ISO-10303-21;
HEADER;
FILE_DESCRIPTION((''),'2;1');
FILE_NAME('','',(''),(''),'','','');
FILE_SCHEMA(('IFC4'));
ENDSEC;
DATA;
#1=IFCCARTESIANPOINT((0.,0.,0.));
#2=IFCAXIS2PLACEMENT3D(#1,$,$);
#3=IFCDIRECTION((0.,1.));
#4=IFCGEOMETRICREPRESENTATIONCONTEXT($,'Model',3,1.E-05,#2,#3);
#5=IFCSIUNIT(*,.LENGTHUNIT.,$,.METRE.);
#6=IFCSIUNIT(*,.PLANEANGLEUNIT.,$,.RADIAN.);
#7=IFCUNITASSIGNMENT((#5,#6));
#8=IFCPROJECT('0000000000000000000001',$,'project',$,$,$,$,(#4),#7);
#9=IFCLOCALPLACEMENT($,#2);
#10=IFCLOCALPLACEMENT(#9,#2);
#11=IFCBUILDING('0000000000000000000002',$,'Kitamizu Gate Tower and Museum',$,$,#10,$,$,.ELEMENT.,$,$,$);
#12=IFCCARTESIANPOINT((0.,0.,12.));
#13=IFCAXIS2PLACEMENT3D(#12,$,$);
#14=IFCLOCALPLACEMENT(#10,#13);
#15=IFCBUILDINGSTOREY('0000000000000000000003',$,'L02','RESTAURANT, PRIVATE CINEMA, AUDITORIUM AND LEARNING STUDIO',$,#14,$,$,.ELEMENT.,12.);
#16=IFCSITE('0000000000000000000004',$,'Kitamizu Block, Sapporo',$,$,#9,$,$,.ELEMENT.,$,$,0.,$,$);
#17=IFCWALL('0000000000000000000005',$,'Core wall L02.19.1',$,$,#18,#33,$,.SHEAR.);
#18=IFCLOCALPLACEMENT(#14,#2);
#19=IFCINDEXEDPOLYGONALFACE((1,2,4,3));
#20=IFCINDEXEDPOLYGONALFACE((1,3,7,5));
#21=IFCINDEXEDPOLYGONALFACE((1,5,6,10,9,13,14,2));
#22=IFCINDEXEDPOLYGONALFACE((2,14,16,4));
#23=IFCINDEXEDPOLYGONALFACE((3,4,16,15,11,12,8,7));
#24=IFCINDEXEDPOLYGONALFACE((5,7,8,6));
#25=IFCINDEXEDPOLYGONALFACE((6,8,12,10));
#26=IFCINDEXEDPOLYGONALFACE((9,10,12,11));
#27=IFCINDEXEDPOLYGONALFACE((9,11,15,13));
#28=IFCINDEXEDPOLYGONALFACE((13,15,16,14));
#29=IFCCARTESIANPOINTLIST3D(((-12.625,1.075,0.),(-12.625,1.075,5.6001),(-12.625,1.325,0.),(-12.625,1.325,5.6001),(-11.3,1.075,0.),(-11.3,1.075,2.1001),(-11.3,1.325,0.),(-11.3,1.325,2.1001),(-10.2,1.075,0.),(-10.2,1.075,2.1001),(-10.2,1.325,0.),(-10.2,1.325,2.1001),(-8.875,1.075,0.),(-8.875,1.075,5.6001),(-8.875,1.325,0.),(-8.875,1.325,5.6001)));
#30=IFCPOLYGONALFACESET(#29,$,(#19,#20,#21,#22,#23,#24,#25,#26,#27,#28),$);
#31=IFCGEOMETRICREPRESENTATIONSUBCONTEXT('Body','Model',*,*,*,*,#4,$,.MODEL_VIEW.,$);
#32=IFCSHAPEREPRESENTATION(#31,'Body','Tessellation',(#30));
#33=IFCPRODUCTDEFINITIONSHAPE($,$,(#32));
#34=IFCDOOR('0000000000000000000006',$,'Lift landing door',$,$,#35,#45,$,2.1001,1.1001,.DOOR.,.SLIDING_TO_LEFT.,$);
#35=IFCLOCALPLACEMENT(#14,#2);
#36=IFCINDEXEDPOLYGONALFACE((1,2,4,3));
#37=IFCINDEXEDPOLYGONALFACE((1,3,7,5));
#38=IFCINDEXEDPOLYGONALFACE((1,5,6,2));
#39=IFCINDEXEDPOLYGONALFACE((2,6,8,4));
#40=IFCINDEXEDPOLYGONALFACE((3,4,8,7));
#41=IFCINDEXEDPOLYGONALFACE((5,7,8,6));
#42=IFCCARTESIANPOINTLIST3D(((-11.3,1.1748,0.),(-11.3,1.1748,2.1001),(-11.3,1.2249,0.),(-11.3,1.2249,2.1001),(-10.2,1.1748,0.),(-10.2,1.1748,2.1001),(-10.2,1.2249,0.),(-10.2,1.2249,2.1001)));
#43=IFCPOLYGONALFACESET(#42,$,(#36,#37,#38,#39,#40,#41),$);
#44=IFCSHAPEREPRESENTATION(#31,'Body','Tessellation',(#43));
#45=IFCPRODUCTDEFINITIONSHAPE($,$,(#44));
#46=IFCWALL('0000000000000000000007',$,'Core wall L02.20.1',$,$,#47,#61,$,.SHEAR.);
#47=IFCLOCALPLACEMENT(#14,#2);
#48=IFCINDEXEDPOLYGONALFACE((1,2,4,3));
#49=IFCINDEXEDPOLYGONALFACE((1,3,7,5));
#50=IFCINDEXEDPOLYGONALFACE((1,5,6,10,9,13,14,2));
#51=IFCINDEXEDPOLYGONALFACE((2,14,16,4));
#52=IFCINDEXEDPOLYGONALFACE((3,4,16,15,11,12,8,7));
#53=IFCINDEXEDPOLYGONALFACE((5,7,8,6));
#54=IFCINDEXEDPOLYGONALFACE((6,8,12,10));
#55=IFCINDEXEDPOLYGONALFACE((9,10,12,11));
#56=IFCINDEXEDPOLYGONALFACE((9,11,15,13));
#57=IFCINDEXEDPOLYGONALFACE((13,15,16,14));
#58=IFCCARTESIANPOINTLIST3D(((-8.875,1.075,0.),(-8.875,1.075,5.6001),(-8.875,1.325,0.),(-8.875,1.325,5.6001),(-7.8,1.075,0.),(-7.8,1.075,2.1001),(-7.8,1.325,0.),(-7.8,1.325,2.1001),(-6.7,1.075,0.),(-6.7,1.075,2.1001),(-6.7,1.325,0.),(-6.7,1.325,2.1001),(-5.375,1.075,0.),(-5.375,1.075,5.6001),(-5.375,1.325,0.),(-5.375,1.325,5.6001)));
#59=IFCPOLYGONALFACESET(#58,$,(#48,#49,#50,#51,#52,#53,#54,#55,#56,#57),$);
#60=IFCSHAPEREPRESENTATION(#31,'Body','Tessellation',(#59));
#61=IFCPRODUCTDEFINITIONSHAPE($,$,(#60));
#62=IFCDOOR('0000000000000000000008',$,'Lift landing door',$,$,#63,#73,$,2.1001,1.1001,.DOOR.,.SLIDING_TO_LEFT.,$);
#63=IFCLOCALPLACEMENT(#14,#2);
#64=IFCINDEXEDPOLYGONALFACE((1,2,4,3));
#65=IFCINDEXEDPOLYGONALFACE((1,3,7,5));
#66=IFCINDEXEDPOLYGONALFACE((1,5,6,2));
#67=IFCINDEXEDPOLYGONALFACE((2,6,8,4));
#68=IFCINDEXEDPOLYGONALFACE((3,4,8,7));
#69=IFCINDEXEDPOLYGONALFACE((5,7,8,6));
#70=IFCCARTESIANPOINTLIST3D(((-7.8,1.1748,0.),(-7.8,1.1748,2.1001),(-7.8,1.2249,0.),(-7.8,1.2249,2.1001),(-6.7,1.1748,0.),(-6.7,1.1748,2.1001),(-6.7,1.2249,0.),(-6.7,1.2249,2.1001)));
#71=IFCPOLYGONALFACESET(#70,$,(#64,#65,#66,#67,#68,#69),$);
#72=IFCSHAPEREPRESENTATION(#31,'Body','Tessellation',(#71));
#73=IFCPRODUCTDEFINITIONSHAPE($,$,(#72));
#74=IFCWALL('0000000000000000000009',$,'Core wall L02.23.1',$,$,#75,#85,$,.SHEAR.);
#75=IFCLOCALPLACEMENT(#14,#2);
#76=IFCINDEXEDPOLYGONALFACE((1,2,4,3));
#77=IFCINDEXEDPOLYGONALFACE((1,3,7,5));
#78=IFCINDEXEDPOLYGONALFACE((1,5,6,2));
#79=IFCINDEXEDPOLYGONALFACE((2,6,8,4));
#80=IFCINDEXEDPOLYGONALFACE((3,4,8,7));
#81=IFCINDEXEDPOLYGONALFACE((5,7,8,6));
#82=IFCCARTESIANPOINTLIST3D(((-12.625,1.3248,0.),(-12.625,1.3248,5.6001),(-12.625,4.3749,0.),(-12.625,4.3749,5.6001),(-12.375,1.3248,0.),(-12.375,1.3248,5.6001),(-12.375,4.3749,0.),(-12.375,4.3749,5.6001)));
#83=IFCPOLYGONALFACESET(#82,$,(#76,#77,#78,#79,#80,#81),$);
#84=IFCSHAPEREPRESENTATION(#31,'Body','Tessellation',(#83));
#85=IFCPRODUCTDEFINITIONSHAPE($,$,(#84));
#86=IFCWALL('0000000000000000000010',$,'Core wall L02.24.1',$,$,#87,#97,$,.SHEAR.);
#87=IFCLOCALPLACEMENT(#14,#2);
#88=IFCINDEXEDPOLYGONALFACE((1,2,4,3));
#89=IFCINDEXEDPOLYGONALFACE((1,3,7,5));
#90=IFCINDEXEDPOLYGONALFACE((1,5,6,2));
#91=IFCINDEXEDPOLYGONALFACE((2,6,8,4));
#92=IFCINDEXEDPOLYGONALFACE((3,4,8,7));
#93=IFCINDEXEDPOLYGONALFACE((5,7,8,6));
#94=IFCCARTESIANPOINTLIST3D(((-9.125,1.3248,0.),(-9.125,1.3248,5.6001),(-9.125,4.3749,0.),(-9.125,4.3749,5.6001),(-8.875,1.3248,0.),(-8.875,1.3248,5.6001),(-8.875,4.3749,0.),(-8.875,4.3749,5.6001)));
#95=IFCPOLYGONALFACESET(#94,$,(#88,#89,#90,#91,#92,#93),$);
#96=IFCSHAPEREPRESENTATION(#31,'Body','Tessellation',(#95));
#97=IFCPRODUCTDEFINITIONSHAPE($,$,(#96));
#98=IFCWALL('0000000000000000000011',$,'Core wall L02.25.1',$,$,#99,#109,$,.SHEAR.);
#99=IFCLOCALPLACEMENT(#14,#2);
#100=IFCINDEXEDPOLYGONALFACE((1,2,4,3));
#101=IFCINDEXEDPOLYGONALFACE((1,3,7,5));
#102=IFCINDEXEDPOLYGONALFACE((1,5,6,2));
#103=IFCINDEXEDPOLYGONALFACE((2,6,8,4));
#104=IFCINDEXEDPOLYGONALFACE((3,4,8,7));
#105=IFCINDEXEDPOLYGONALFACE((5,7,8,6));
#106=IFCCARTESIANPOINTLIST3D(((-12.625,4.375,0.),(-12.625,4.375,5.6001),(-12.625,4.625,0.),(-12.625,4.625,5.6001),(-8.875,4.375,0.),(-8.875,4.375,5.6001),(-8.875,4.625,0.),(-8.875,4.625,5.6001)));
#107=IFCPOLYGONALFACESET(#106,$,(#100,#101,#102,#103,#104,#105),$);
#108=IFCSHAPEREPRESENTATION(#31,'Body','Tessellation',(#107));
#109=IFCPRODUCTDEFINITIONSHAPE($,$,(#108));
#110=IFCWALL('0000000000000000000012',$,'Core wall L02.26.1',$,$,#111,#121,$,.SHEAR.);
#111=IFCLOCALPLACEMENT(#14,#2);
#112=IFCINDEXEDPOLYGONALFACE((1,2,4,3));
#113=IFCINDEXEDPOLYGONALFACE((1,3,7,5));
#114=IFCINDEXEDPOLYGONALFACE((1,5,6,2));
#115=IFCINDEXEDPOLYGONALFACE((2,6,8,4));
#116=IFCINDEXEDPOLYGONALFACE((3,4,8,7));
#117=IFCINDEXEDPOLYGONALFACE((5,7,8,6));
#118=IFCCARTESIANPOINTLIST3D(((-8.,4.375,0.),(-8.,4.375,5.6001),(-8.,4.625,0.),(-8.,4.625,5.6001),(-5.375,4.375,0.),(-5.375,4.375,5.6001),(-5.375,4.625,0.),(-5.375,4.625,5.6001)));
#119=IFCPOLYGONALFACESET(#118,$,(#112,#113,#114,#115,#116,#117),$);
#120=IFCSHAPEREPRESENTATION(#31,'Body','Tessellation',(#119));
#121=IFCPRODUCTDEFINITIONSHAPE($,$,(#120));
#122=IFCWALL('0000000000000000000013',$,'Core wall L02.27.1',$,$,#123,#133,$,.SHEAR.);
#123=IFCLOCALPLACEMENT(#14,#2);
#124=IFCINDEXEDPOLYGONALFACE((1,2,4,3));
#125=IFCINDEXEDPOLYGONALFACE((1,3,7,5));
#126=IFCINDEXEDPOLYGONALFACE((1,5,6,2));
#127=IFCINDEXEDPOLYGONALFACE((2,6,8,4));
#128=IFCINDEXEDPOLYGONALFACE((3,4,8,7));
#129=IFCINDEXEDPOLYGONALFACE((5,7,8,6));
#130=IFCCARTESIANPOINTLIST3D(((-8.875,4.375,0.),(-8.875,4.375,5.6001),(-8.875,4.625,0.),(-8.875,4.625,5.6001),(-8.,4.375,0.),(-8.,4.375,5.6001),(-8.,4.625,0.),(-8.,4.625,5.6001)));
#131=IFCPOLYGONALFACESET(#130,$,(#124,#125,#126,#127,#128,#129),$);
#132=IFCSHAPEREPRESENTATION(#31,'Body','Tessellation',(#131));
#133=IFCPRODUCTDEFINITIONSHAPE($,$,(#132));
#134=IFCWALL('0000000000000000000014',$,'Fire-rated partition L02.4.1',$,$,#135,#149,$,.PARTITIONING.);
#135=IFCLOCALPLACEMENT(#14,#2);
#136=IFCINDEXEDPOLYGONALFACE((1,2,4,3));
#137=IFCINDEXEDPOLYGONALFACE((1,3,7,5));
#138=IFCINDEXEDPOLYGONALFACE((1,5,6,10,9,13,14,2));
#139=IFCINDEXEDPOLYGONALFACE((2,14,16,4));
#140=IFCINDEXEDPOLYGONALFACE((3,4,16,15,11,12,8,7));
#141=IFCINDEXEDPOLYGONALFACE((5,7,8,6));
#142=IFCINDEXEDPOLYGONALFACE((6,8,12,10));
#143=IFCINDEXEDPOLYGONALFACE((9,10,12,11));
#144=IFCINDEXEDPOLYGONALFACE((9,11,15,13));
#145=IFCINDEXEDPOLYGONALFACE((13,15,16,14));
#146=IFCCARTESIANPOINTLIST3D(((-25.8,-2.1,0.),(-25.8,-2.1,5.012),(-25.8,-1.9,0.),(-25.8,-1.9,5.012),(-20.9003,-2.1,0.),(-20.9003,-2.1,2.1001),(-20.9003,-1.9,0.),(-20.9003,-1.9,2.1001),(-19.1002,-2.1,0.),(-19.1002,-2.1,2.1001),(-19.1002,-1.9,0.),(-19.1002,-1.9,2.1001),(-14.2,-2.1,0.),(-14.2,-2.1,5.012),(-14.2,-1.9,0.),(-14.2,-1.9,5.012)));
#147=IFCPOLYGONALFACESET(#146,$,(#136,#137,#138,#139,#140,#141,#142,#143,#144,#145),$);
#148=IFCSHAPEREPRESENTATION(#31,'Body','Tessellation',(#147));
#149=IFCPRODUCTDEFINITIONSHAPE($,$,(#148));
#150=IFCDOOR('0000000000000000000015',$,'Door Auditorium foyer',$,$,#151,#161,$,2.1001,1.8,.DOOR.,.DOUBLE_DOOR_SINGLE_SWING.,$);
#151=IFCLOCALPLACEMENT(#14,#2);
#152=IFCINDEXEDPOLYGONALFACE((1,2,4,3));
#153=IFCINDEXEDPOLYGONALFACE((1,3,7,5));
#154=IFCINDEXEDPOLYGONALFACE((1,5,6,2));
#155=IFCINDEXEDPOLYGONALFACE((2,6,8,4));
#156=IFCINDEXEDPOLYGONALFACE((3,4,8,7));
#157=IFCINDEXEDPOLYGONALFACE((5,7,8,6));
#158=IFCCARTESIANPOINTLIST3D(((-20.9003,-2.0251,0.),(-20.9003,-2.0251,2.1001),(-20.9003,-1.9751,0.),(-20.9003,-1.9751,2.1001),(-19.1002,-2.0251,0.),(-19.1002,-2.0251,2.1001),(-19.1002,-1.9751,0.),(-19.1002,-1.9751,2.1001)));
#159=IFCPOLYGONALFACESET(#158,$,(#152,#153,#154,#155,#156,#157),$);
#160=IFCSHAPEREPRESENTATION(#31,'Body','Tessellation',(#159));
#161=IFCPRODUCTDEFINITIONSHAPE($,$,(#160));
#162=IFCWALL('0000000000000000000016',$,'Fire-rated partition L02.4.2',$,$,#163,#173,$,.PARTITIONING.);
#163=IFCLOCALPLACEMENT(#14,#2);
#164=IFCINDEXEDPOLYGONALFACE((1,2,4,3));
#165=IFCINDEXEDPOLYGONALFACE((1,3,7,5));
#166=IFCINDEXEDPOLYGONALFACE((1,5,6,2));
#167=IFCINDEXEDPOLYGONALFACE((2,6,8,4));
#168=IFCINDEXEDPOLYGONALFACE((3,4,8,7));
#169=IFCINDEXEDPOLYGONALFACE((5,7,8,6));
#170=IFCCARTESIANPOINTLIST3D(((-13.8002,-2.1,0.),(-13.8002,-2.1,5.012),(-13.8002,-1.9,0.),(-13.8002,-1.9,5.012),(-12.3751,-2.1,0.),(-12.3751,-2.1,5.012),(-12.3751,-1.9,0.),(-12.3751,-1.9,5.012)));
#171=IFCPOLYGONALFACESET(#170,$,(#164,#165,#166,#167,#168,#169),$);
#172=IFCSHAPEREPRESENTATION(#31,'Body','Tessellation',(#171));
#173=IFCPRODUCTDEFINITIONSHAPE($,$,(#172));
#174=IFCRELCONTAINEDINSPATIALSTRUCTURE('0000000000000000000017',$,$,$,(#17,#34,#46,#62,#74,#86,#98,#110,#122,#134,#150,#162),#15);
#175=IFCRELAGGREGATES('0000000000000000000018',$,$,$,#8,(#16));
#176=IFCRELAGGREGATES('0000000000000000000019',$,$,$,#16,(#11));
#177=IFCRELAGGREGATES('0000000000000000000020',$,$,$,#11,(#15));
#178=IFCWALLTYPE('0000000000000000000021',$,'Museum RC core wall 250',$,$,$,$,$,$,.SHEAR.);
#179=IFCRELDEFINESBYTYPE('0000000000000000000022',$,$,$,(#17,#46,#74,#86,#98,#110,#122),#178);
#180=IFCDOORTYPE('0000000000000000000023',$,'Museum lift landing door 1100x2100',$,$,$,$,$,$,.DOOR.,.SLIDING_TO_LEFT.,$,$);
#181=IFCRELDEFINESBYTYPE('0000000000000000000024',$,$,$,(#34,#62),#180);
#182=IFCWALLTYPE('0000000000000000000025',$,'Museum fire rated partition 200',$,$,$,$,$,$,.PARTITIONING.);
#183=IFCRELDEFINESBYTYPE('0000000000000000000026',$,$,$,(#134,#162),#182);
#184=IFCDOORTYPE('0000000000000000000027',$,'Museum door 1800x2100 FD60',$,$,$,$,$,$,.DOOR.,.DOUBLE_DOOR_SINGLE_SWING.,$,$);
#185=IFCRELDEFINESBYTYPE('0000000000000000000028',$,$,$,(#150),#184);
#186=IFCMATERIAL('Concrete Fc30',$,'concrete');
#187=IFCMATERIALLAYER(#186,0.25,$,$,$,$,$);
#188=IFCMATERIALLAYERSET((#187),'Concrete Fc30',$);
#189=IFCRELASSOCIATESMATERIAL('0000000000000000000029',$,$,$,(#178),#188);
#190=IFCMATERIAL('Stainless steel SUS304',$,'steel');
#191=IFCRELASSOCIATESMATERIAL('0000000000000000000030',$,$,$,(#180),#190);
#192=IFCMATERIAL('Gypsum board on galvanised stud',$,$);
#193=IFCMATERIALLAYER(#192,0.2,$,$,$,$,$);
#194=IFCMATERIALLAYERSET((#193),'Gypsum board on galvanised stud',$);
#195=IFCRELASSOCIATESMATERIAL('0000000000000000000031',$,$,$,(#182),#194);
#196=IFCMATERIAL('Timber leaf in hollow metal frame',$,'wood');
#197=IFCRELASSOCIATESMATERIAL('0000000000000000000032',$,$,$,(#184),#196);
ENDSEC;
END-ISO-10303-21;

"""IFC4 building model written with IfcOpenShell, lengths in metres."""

from ifc_helpers import new_model, si_unit, direction, frame, frame_2d, origin, place, context, subcontext, project, spatial, rectangle, extrude, material, layer, layer_set, type_object, element, fill, save


model = new_model("IFC4")

# Units and contexts
model_context = context("Model", 3, precision=1e-05, world=origin(), true_north=direction((0.0, 1.0)))
body_context = subcontext(model_context, "Body", "Model", "MODEL_VIEW")
ifc_project = project(units=[si_unit("LENGTHUNIT", "METRE"), si_unit("PLANEANGLEUNIT", "RADIAN")], contexts=[model_context])

# Site, building, storey
site_placement = place(None, origin())
site = spatial("IfcSite", under=ifc_project, at=site_placement, Name="Kitamizu Block, Sapporo", CompositionType="ELEMENT", RefElevation=0.0)
building_placement = place(site_placement, origin())
building = spatial("IfcBuilding", under=site, at=building_placement, Name="Kitamizu Gate Tower and Museum", CompositionType="ELEMENT")
storey_placement = place(building_placement, frame((0.0, 0.0, 12.0)))
storey = spatial("IfcBuildingStorey", under=building, at=storey_placement, Name="L02", Description="RESTAURANT, PRIVATE CINEMA, AUDITORIUM AND LEARNING STUDIO", CompositionType="ELEMENT", Elevation=12.0)

# Walls, openings, doors
ifc_material_1 = material(Name="Concrete Fc30", Category="concrete")
ifc_layer_1 = layer(ifc_material_1, 0.25)
ifc_layer_set_1 = layer_set([ifc_layer_1], Name="Concrete Fc30")
wall_type_1 = type_object("IfcWallType", Name="Museum RC core wall 250", PredefinedType="SHEAR", material=ifc_layer_set_1)
wall_1_placement = place(storey_placement, frame((-12.625, 1.2, 0.0), z_axis=(0.0, 0.0, 1.0), x_axis=(1.0, 0.0, 0.0)))
wall_1 = element("IfcWall", 1, at=wall_1_placement, inside=storey, type_object=wall_type_1, Name="Core wall L02.19.1", PredefinedType="SHEAR", context=body_context, shape_type="SweptSolid", body=[
    extrude(rectangle(XDim=3.75, YDim=0.25, at=frame_2d((1.875, 0.0))), origin(), (0.0, 0.0, 1.0), 5.6001),
])
opening_1_placement = place(wall_1_placement, frame((1.325, 0.0, 0.0)))
opening_1 = element("IfcOpeningElement", 2, at=opening_1_placement, cuts=wall_1, PredefinedType="OPENING", context=body_context, shape_type="SweptSolid", body=[
    extrude(rectangle(XDim=1.1001, YDim=2.1001, at=frame_2d((0.55, 1.05))), frame((0.0, 0.135, 0.0), z_axis=(0.0, -1.0, 0.0), x_axis=(1.0, 0.0, 0.0)), (0.0, 0.0, 1.0), 0.27),
])
ifc_material_2 = material(Name="Stainless steel SUS304", Category="steel")
door_type_1 = type_object("IfcDoorType", Name="Museum lift landing door 1100x2100", OperationType="SLIDING_TO_LEFT", PredefinedType="DOOR", material=ifc_material_2)
door_1_placement = place(opening_1_placement, origin())
door_1 = element("IfcDoor", 3, at=door_1_placement, inside=storey, type_object=door_type_1, Name="Lift landing door", OperationType="SLIDING_TO_LEFT", OverallHeight=2.1001, OverallWidth=1.1001, PredefinedType="DOOR", context=body_context, shape_type="SweptSolid", body=[
    extrude(rectangle(XDim=1.1001, YDim=2.1001, at=frame_2d((0.55, 1.05))), frame((0.0, 0.0249, 0.0), z_axis=(0.0, -1.0, 0.0), x_axis=(1.0, 0.0, 0.0)), (0.0, 0.0, 1.0), 0.05),
])
fill(opening_1, door_1)
wall_2_placement = place(storey_placement, frame((-8.875, 1.2, 0.0), z_axis=(0.0, 0.0, 1.0), x_axis=(1.0, 0.0, 0.0)))
wall_2 = element("IfcWall", 4, at=wall_2_placement, inside=storey, type_object=wall_type_1, Name="Core wall L02.20.1", PredefinedType="SHEAR", context=body_context, shape_type="SweptSolid", body=[
    extrude(rectangle(XDim=3.5, YDim=0.25, at=frame_2d((1.75, 0.0))), origin(), (0.0, 0.0, 1.0), 5.6001),
])
opening_2_placement = place(wall_2_placement, frame((1.075, 0.0, 0.0)))
opening_2 = element("IfcOpeningElement", 5, at=opening_2_placement, cuts=wall_2, PredefinedType="OPENING", context=body_context, shape_type="SweptSolid", body=[
    extrude(rectangle(XDim=1.1001, YDim=2.1001, at=frame_2d((0.55, 1.05))), frame((0.0, 0.135, 0.0), z_axis=(0.0, -1.0, 0.0), x_axis=(1.0, 0.0, 0.0)), (0.0, 0.0, 1.0), 0.27),
])
door_2_placement = place(opening_2_placement, origin())
door_2 = element("IfcDoor", 6, at=door_2_placement, inside=storey, type_object=door_type_1, Name="Lift landing door", OperationType="SLIDING_TO_LEFT", OverallHeight=2.1001, OverallWidth=1.1001, PredefinedType="DOOR", context=body_context, shape_type="SweptSolid", body=[
    extrude(rectangle(XDim=1.1001, YDim=2.1001, at=frame_2d((0.55, 1.05))), frame((0.0, 0.0249, 0.0), z_axis=(0.0, -1.0, 0.0), x_axis=(1.0, 0.0, 0.0)), (0.0, 0.0, 1.0), 0.05),
])
fill(opening_2, door_2)

# Walls
for number, where, z_axis, x_axis, name in (
    (7, (-12.5, 1.325, 0.0), (0.0, 0.0, 1.0), (0.0, 1.0, 0.0), "Core wall L02.23.1"),
    (8, (-9.0, 1.325, 0.0), (0.0, 0.0, 1.0), (0.0, 1.0, 0.0), "Core wall L02.24.1"),
):
    element("IfcWall", number, at=place(storey_placement, frame(where, z_axis=z_axis, x_axis=x_axis)), inside=storey, type_object=wall_type_1, Name=name, PredefinedType="SHEAR", context=body_context, shape_type="SweptSolid", body=[
        extrude(rectangle(XDim=3.05, YDim=0.25, at=frame_2d((1.5249, 0.0))), origin(), (0.0, 0.0, 1.0), 5.6001),
    ])
wall_3_placement = place(storey_placement, frame((-12.625, 4.5, 0.0), z_axis=(0.0, 0.0, 1.0), x_axis=(1.0, 0.0, 0.0)))
element("IfcWall", 9, at=wall_3_placement, inside=storey, type_object=wall_type_1, Name="Core wall L02.25.1", PredefinedType="SHEAR", context=body_context, shape_type="SweptSolid", body=[
    extrude(rectangle(XDim=3.75, YDim=0.25, at=frame_2d((1.875, 0.0))), origin(), (0.0, 0.0, 1.0), 5.6001),
])
wall_4_placement = place(storey_placement, frame((-8.0, 4.5, 0.0), z_axis=(0.0, 0.0, 1.0), x_axis=(1.0, 0.0, 0.0)))
element("IfcWall", 10, at=wall_4_placement, inside=storey, type_object=wall_type_1, Name="Core wall L02.26.1", PredefinedType="SHEAR", context=body_context, shape_type="SweptSolid", body=[
    extrude(rectangle(XDim=2.625, YDim=0.25, at=frame_2d((1.3125, 0.0))), origin(), (0.0, 0.0, 1.0), 5.6001),
])
wall_5_placement = place(storey_placement, frame((-8.875, 4.5, 0.0), z_axis=(0.0, 0.0, 1.0), x_axis=(1.0, 0.0, 0.0)))
element("IfcWall", 11, at=wall_5_placement, inside=storey, type_object=wall_type_1, Name="Core wall L02.27.1", PredefinedType="SHEAR", context=body_context, shape_type="SweptSolid", body=[
    extrude(rectangle(XDim=0.875, YDim=0.25, at=frame_2d((0.4375, 0.0))), origin(), (0.0, 0.0, 1.0), 5.6001),
])

# Wall, opening, door
ifc_material_3 = material(Name="Gypsum board on galvanised stud")
ifc_layer_2 = layer(ifc_material_3, 0.2)
ifc_layer_set_2 = layer_set([ifc_layer_2], Name="Gypsum board on galvanised stud")
wall_type_2 = type_object("IfcWallType", Name="Museum fire rated partition 200", PredefinedType="PARTITIONING", material=ifc_layer_set_2)
wall_6_placement = place(storey_placement, frame((-25.8, -2.0, 0.0), z_axis=(0.0, 0.0, 1.0), x_axis=(1.0, 0.0, 0.0)))
wall_6 = element("IfcWall", 12, at=wall_6_placement, inside=storey, type_object=wall_type_2, Name="Fire-rated partition L02.4.1", PredefinedType="PARTITIONING", context=body_context, shape_type="SweptSolid", body=[
    extrude(rectangle(XDim=11.6001, YDim=0.2, at=frame_2d((5.8, 0.0))), origin(), (0.0, 0.0, 1.0), 5.012),
])
opening_3_placement = place(wall_6_placement, frame((4.8999, 0.0, 0.0)))
opening_3 = element("IfcOpeningElement", 13, at=opening_3_placement, cuts=wall_6, PredefinedType="OPENING", context=body_context, shape_type="SweptSolid", body=[
    extrude(rectangle(XDim=1.8, YDim=2.1001, at=frame_2d((0.8999, 1.05))), frame((0.0, 0.1099, 0.0), z_axis=(0.0, -1.0, 0.0), x_axis=(1.0, 0.0, 0.0)), (0.0, 0.0, 1.0), 0.22),
])
ifc_material_4 = material(Name="Timber leaf in hollow metal frame", Category="wood")
door_type_2 = type_object("IfcDoorType", Name="Museum door 1800x2100 FD60", OperationType="DOUBLE_DOOR_SINGLE_SWING", PredefinedType="DOOR", material=ifc_material_4)
door_3_placement = place(opening_3_placement, origin())
door_3 = element("IfcDoor", 14, at=door_3_placement, inside=storey, type_object=door_type_2, Name="Door Auditorium foyer", OperationType="DOUBLE_DOOR_SINGLE_SWING", OverallHeight=2.1001, OverallWidth=1.8, PredefinedType="DOOR", context=body_context, shape_type="SweptSolid", body=[
    extrude(rectangle(XDim=1.8, YDim=2.1001, at=frame_2d((0.8999, 1.05))), frame((0.0, 0.0249, 0.0), z_axis=(0.0, -1.0, 0.0), x_axis=(1.0, 0.0, 0.0)), (0.0, 0.0, 1.0), 0.05),
])
fill(opening_3, door_3)

# Wall
wall_7_placement = place(storey_placement, frame((-13.8, -2.0, 0.0), z_axis=(0.0, 0.0, 1.0), x_axis=(1.0, 0.0, 0.0)))
element("IfcWall", 15, at=wall_7_placement, inside=storey, type_object=wall_type_2, Name="Fire-rated partition L02.4.2", PredefinedType="PARTITIONING", context=body_context, shape_type="SweptSolid", body=[
    extrude(rectangle(XDim=1.425, YDim=0.2, at=frame_2d((0.7124, 0.0))), origin(), (0.0, 0.0, 1.0), 5.012),
])

save(model, "model.ifc")
